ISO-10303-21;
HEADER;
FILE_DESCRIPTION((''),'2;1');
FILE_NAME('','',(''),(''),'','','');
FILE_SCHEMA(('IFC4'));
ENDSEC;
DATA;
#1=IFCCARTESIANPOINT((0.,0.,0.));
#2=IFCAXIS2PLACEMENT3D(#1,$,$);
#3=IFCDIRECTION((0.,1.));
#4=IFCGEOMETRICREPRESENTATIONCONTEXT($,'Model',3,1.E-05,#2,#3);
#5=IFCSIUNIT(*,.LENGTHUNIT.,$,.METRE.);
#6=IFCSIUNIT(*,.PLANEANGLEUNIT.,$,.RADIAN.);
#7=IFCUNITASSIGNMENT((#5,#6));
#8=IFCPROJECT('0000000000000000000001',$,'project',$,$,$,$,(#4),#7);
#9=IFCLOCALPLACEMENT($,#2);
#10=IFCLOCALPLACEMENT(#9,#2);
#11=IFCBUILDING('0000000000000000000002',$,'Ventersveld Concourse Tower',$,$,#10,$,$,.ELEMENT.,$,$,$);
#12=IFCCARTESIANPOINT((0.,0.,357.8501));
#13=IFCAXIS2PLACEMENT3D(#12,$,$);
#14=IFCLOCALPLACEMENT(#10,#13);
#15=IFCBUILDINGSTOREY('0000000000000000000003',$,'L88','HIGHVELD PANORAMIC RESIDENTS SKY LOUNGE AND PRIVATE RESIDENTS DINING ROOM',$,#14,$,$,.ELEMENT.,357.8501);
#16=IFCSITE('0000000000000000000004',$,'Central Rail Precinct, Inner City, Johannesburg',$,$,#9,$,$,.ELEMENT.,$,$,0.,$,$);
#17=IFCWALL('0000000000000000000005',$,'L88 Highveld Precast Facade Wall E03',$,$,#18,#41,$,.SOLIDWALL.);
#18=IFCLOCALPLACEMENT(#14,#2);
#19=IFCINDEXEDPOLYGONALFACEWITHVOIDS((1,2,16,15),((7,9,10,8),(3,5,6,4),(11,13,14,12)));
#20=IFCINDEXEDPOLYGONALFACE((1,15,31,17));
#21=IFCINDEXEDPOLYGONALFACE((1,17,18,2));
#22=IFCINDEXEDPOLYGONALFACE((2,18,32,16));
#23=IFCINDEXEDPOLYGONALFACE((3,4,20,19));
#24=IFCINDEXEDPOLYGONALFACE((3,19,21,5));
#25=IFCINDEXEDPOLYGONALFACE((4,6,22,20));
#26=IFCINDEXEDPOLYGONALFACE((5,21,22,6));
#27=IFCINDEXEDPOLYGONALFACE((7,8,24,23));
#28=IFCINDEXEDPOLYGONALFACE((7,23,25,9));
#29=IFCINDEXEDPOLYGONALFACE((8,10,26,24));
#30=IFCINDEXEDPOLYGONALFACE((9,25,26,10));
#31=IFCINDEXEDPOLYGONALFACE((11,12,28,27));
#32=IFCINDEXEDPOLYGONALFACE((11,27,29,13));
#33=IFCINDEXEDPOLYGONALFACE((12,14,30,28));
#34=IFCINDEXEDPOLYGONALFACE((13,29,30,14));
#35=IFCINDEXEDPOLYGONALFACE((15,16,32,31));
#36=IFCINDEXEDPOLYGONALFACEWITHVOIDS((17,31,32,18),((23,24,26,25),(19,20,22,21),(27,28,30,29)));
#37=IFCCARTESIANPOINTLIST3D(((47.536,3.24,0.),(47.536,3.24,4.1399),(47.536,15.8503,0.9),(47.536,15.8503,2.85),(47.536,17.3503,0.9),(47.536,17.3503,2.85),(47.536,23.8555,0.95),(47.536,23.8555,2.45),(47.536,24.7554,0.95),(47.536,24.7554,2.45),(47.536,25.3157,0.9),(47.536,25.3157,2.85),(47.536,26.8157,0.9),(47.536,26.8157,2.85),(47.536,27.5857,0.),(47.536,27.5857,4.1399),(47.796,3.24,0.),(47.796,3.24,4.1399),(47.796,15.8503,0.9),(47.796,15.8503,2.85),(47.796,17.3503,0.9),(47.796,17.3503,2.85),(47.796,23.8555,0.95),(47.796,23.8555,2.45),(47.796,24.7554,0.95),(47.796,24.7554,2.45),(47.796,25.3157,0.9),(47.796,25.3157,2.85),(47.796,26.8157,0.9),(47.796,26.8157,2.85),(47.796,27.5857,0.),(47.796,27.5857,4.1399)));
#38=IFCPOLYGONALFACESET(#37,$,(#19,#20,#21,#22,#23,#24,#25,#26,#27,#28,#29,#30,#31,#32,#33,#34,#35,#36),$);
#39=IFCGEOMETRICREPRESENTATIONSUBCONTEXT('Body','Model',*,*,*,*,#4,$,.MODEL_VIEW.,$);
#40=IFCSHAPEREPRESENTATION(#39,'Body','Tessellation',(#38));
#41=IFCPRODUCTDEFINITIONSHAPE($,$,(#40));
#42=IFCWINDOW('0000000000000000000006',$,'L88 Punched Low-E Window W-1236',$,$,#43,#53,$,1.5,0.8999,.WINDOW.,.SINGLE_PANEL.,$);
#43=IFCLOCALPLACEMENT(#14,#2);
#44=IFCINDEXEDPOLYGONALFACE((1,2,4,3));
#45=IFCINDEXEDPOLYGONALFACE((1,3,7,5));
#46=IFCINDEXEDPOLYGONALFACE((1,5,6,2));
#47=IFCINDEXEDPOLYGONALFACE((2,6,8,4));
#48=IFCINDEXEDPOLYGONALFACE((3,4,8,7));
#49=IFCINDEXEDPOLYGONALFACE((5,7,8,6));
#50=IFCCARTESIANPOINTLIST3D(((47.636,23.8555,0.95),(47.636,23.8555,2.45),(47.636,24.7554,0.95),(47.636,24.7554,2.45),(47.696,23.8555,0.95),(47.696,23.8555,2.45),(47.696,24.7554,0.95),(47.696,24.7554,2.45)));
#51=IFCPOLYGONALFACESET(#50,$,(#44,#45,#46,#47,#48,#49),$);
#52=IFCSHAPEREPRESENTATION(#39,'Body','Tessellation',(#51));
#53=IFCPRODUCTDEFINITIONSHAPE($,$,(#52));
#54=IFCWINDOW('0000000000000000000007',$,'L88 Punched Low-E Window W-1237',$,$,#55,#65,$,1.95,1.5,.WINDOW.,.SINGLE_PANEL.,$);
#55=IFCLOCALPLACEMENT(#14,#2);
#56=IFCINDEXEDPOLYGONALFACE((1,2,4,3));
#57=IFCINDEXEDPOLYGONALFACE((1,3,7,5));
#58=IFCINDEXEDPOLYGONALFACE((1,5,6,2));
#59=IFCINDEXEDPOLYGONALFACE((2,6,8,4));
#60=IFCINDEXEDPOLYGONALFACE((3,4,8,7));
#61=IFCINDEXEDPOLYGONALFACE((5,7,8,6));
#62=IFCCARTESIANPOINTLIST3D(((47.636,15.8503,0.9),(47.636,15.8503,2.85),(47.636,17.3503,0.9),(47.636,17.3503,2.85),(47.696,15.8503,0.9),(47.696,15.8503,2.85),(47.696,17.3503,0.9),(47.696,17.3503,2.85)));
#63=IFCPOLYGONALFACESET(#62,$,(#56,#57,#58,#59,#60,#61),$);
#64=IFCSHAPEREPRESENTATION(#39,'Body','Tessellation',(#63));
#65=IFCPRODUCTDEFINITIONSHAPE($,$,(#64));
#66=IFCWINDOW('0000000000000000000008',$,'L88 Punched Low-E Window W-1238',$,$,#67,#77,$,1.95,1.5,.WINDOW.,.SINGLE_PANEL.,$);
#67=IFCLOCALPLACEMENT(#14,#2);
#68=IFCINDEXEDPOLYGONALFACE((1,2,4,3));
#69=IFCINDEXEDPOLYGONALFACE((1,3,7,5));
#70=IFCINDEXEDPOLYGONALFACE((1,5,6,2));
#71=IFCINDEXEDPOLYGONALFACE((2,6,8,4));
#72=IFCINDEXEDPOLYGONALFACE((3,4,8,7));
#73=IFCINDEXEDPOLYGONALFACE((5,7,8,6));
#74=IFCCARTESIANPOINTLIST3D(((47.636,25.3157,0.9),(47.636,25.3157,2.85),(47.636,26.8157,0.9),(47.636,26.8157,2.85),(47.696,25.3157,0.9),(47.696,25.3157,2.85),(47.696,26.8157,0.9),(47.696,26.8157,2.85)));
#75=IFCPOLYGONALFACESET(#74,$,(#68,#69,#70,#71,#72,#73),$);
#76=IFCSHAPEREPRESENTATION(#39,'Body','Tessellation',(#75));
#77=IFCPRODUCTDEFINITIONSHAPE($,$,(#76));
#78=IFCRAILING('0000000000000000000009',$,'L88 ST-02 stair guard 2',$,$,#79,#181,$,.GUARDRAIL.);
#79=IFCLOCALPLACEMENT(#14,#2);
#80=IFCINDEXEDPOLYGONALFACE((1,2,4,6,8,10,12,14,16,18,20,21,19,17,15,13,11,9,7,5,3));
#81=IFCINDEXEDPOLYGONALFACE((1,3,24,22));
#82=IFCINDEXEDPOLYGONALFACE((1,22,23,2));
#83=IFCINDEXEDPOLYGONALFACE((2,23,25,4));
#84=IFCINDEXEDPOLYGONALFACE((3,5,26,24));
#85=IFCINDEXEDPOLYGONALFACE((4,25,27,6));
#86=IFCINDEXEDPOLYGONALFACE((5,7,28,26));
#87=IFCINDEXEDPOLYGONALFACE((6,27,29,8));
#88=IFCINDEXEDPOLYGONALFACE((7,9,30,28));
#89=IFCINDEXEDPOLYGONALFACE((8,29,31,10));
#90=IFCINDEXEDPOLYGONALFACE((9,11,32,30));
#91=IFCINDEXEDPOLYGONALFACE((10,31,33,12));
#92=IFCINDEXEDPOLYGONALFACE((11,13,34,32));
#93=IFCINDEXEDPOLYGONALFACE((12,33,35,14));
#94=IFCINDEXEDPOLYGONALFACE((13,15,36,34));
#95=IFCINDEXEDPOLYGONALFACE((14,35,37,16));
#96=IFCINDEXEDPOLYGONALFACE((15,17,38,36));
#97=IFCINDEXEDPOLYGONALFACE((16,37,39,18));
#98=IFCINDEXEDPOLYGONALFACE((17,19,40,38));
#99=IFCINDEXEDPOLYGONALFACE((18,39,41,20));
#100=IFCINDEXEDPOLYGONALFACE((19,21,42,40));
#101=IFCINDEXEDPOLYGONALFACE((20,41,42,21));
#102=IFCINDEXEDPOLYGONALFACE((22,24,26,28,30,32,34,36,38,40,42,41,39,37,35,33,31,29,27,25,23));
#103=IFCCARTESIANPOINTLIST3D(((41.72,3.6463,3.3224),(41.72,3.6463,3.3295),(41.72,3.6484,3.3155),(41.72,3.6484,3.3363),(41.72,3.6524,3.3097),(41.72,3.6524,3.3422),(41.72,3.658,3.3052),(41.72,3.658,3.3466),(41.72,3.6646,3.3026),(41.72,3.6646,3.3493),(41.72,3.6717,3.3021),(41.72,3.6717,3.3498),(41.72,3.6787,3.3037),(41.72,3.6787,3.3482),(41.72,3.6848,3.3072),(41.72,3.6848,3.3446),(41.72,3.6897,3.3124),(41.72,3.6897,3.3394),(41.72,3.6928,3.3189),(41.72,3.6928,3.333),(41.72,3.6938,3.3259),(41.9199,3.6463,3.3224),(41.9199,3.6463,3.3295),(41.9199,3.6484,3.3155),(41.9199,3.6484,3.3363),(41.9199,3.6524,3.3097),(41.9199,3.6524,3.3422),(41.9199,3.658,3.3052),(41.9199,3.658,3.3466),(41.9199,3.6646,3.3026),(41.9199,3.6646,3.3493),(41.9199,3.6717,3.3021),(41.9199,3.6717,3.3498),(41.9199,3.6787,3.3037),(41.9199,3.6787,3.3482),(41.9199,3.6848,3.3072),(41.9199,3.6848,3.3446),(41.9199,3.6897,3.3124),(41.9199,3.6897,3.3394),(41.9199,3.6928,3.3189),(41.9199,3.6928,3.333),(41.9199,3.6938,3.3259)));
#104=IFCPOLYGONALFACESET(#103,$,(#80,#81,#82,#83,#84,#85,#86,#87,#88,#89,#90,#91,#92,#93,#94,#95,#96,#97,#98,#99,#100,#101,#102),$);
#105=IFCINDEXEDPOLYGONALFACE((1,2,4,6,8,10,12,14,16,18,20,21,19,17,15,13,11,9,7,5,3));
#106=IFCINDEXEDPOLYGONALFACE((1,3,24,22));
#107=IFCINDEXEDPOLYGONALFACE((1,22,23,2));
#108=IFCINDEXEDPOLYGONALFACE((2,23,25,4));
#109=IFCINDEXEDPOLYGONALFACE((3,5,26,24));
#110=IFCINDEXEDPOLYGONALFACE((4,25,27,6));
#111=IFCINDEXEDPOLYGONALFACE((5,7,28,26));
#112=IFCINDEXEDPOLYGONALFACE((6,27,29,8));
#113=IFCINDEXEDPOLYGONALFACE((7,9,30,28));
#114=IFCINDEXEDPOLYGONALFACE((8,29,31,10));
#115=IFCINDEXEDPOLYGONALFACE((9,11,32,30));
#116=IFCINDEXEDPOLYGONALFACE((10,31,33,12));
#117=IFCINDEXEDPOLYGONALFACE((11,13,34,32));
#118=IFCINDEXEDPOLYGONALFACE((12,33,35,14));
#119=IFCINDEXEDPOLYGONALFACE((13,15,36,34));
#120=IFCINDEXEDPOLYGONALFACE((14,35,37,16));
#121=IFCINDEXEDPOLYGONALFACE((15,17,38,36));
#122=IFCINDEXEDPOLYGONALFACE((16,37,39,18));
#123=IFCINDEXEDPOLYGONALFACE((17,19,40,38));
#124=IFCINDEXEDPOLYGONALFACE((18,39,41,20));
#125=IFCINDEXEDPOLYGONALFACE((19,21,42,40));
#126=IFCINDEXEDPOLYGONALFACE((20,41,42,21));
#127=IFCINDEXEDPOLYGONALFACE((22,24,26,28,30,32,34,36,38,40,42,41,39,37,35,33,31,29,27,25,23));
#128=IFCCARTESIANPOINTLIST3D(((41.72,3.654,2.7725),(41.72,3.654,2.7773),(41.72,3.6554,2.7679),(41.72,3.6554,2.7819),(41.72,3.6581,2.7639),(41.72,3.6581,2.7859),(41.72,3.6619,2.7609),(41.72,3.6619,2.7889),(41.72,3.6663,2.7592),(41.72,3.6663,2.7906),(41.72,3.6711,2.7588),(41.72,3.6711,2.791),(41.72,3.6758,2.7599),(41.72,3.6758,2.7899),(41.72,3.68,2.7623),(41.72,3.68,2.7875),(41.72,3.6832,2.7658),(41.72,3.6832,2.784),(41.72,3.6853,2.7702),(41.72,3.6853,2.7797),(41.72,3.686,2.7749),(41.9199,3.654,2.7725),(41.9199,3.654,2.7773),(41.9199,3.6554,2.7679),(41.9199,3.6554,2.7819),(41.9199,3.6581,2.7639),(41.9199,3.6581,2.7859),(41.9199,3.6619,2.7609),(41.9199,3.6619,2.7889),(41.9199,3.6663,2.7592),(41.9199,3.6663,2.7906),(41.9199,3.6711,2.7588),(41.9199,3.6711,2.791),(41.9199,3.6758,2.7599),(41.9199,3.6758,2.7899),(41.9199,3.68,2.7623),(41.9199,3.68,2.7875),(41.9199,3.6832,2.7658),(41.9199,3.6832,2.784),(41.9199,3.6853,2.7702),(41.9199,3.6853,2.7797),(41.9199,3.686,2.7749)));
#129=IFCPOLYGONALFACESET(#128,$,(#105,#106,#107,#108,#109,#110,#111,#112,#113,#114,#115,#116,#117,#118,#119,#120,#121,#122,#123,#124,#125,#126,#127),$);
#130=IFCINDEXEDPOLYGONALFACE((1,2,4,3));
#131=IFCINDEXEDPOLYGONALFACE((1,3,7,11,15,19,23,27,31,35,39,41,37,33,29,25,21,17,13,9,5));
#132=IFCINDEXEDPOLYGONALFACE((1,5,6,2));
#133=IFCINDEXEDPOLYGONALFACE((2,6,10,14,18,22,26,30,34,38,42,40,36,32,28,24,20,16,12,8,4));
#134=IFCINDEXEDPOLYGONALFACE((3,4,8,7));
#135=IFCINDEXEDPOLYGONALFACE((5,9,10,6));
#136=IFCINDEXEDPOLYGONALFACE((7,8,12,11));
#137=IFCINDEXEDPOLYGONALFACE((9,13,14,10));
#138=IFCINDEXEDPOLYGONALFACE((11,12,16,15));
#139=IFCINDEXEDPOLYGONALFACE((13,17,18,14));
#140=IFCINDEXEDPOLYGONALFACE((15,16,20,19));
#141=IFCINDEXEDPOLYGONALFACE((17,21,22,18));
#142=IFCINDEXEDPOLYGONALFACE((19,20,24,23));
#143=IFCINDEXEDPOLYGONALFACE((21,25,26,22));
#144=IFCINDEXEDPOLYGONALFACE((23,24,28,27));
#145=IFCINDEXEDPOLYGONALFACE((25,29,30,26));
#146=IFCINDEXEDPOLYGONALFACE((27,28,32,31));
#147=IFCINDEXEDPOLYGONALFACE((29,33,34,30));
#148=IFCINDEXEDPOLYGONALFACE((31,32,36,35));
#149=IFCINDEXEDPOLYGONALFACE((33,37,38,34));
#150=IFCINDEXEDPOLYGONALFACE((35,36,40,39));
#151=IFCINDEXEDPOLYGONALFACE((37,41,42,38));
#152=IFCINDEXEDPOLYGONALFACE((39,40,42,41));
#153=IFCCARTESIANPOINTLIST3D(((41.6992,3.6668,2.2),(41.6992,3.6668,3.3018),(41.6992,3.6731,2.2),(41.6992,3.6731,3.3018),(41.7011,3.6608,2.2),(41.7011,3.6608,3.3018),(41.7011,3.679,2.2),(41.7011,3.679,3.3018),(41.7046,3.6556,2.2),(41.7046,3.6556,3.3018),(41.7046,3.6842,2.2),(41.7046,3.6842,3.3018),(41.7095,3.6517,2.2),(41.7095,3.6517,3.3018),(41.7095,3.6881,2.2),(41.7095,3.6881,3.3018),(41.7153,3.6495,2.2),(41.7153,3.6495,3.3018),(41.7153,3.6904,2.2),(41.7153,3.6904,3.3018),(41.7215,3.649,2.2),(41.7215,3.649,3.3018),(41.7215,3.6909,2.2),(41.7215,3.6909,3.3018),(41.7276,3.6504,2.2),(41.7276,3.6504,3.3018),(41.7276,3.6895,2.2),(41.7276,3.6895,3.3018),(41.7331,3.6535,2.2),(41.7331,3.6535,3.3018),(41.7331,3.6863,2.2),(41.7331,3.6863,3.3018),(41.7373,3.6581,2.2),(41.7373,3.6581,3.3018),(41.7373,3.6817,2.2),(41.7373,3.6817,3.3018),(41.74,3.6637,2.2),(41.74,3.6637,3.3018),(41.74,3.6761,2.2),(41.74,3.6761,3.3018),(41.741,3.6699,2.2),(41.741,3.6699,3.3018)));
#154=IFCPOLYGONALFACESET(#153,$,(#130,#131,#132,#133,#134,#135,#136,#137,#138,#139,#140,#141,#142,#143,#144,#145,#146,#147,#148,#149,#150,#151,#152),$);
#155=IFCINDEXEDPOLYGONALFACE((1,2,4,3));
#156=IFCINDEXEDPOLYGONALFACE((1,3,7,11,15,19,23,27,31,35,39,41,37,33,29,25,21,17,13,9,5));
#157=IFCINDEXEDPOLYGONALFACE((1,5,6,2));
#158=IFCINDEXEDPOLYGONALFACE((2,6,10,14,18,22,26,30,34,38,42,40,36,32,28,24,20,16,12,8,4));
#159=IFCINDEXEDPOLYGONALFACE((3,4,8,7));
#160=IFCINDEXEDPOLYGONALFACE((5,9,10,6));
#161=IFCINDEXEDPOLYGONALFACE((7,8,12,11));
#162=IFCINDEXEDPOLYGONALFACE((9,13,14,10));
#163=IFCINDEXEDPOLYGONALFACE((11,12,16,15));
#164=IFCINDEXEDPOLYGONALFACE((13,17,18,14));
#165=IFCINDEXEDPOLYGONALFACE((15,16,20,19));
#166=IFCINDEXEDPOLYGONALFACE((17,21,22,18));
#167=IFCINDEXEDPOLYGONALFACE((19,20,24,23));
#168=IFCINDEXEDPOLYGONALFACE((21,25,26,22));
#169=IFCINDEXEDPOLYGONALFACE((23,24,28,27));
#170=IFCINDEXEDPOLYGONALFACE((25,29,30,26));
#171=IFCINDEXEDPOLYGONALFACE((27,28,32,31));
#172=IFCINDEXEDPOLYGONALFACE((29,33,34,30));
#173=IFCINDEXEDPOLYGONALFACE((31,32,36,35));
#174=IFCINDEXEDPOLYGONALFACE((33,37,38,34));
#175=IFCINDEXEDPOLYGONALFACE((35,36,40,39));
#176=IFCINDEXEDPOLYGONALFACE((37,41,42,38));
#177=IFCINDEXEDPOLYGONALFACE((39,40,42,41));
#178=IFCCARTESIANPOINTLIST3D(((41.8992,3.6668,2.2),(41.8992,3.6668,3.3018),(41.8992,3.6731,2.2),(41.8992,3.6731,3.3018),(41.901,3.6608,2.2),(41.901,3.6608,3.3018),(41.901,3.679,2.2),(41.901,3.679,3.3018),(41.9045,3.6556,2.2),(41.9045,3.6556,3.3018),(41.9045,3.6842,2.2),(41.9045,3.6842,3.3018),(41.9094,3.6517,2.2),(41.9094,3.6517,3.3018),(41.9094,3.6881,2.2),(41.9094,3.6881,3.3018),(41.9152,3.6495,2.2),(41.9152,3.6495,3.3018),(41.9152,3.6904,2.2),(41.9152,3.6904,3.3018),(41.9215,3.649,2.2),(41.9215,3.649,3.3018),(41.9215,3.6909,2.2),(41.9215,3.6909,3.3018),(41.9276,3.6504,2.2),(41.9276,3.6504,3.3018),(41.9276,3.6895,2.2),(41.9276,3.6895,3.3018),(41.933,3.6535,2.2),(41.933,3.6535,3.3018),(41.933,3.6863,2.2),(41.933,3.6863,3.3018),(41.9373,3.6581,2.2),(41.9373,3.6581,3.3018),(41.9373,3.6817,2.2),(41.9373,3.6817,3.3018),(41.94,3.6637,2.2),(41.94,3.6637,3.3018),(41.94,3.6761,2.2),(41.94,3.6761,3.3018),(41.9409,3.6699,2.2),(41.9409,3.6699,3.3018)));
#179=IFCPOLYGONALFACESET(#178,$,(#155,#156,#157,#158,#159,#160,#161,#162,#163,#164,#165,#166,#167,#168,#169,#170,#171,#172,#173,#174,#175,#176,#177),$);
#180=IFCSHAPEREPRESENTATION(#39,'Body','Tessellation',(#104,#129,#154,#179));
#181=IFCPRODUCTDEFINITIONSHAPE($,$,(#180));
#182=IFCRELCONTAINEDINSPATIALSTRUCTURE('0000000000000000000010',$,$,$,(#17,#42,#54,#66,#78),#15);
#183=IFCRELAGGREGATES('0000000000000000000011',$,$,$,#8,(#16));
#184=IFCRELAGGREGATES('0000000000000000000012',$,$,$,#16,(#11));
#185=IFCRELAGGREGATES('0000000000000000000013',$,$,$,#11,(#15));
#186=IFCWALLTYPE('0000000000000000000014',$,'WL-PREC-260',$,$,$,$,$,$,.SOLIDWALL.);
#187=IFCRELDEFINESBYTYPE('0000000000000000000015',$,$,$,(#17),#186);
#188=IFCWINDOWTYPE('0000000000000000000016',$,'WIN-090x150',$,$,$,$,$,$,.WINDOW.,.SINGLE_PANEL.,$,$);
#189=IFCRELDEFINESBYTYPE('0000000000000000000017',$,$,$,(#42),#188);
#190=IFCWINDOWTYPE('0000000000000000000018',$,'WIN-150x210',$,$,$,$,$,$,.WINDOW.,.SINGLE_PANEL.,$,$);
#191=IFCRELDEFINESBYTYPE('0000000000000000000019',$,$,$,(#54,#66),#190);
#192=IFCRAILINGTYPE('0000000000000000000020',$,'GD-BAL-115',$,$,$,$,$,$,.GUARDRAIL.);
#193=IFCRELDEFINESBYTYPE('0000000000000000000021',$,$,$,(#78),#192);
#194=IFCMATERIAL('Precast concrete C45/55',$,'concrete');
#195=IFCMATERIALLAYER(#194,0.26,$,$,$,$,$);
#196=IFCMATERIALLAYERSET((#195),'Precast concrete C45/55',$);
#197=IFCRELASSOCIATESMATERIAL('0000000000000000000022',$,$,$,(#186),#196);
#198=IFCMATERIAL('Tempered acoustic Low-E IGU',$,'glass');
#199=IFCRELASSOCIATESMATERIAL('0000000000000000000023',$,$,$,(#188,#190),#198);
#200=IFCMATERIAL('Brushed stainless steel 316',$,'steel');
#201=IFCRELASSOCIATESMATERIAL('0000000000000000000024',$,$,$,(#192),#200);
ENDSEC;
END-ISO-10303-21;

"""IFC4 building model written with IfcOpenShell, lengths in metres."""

from ifc_helpers import new_model, si_unit, direction, frame, frame_2d, origin, origin_2d, place, context, subcontext, project, spatial, rectangle, circle, extrude, material, layer, layer_set, type_object, element, fill, save


model = new_model("IFC4")

# Units and contexts
model_context = context("Model", 3, precision=1e-05, world=origin(), true_north=direction((0.0, 1.0)))
body_context = subcontext(model_context, "Body", "Model", "MODEL_VIEW")
ifc_project = project(units=[si_unit("LENGTHUNIT", "METRE"), si_unit("PLANEANGLEUNIT", "RADIAN")], contexts=[model_context])

# Site, building, storey
site_placement = place(None, origin())
site = spatial("IfcSite", under=ifc_project, at=site_placement, Name="Central Rail Precinct, Inner City, Johannesburg", CompositionType="ELEMENT", RefElevation=0.0)
building_placement = place(site_placement, origin())
building = spatial("IfcBuilding", under=site, at=building_placement, Name="Ventersveld Concourse Tower", CompositionType="ELEMENT")
storey_placement = place(building_placement, frame((0.0, 0.0, 357.8501)))
storey = spatial("IfcBuildingStorey", under=building, at=storey_placement, Name="L88", Description="HIGHVELD PANORAMIC RESIDENTS SKY LOUNGE AND PRIVATE RESIDENTS DINING ROOM", CompositionType="ELEMENT", Elevation=357.8501)

# Shared definitions
ifc_material_1 = material(Name="Precast concrete C45/55", Category="concrete")
ifc_layer_1 = layer(ifc_material_1, 0.26)
ifc_layer_set_1 = layer_set([ifc_layer_1], Name="Precast concrete C45/55")
wall_type_1 = type_object("IfcWallType", Name="WL-PREC-260", PredefinedType="SOLIDWALL", material=ifc_layer_set_1)
ifc_material_2 = material(Name="Tempered acoustic Low-E IGU", Category="glass")
window_type_1 = type_object("IfcWindowType", Name="WIN-090x150", PartitioningType="SINGLE_PANEL", PredefinedType="WINDOW", material=ifc_material_2)

# Wall, openings, windows
wall_1_placement = place(storey_placement, frame((47.666, 3.24, 0.0), z_axis=(0.0, 0.0, 1.0), x_axis=(0.0, 1.0, 0.0)))
wall_1 = element("IfcWall", 1, at=wall_1_placement, inside=storey, type_object=wall_type_1, Name="L88 Highveld Precast Facade Wall E03", PredefinedType="SOLIDWALL", context=body_context, shape_type="SweptSolid", body=[
    extrude(rectangle(XDim=24.3457, YDim=0.26, at=frame_2d((12.1729, 0.0))), origin(), (0.0, 0.0, 1.0), 4.1399),
])
opening_1_placement = place(wall_1_placement, frame((20.6155, 0.0, 0.95)))
opening_1 = element("IfcOpeningElement", 2, at=opening_1_placement, cuts=wall_1, PredefinedType="OPENING", context=body_context, shape_type="SweptSolid", body=[
    extrude(rectangle(XDim=0.8999, YDim=1.5, at=frame_2d((0.45, 0.75))), frame((0.0, 0.1401, 0.0), z_axis=(0.0, -1.0, 0.0), x_axis=(1.0, 0.0, 0.0)), (0.0, 0.0, 1.0), 0.28),
])
opening_2_placement = place(wall_1_placement, frame((12.6104, 0.0, 0.8999)))
opening_2 = element("IfcOpeningElement", 3, at=opening_2_placement, cuts=wall_1, PredefinedType="OPENING", context=body_context, shape_type="SweptSolid", body=[
    extrude(rectangle(XDim=1.5, YDim=1.95, at=frame_2d((0.75, 0.9751))), frame((0.0, 0.1401, 0.0), z_axis=(0.0, -1.0, 0.0), x_axis=(1.0, 0.0, 0.0)), (0.0, 0.0, 1.0), 0.28),
])
opening_3_placement = place(wall_1_placement, frame((22.0757, 0.0, 0.8999)))
opening_3 = element("IfcOpeningElement", 4, at=opening_3_placement, cuts=wall_1, PredefinedType="OPENING", context=body_context, shape_type="SweptSolid", body=[
    extrude(rectangle(XDim=1.5, YDim=1.95, at=frame_2d((0.75, 0.9751))), frame((0.0, 0.1401, 0.0), z_axis=(0.0, -1.0, 0.0), x_axis=(1.0, 0.0, 0.0)), (0.0, 0.0, 1.0), 0.28),
])
window_1_placement = place(opening_1_placement, origin())
window_1 = element("IfcWindow", 5, at=window_1_placement, inside=storey, type_object=window_type_1, Name="L88 Punched Low-E Window W-1236", OverallHeight=1.5, OverallWidth=0.8999, PartitioningType="SINGLE_PANEL", PredefinedType="WINDOW", context=body_context, shape_type="SweptSolid", body=[
    extrude(rectangle(XDim=0.8999, YDim=1.5, at=frame_2d((0.45, 0.75))), frame((0.0, 0.03, 0.0), z_axis=(0.0, -1.0, 0.0), x_axis=(1.0, 0.0, 0.0)), (0.0, 0.0, 1.0), 0.0601),
])
fill(opening_1, window_1)
window_type_2 = type_object("IfcWindowType", Name="WIN-150x210", PartitioningType="SINGLE_PANEL", PredefinedType="WINDOW", material=ifc_material_2)
window_2_placement = place(opening_2_placement, origin())
window_2 = element("IfcWindow", 6, at=window_2_placement, inside=storey, type_object=window_type_2, Name="L88 Punched Low-E Window W-1237", OverallHeight=1.95, OverallWidth=1.5, PartitioningType="SINGLE_PANEL", PredefinedType="WINDOW", context=body_context, shape_type="SweptSolid", body=[
    extrude(rectangle(XDim=1.5, YDim=1.95, at=frame_2d((0.75, 0.9751))), frame((0.0, 0.03, 0.0), z_axis=(0.0, -1.0, 0.0), x_axis=(1.0, 0.0, 0.0)), (0.0, 0.0, 1.0), 0.0601),
])
fill(opening_2, window_2)
window_3_placement = place(opening_3_placement, origin())
window_3 = element("IfcWindow", 7, at=window_3_placement, inside=storey, type_object=window_type_2, Name="L88 Punched Low-E Window W-1238", OverallHeight=1.95, OverallWidth=1.5, PartitioningType="SINGLE_PANEL", PredefinedType="WINDOW", context=body_context, shape_type="SweptSolid", body=[
    extrude(rectangle(XDim=1.5, YDim=1.95, at=frame_2d((0.75, 0.9751))), frame((0.0, 0.03, 0.0), z_axis=(0.0, -1.0, 0.0), x_axis=(1.0, 0.0, 0.0)), (0.0, 0.0, 1.0), 0.0601),
])
fill(opening_3, window_3)

# Railing
ifc_material_3 = material(Name="Brushed stainless steel 316", Category="steel")
railing_type = type_object("IfcRailingType", Name="GD-BAL-115", PredefinedType="GUARDRAIL", material=ifc_material_3)
railing_1_placement = place(storey_placement, frame((41.72, 3.6699, 2.2)))
element("IfcRailing", 8, at=railing_1_placement, inside=storey, type_object=railing_type, Name="L88 ST-02 stair guard 2", PredefinedType="GUARDRAIL", context=body_context, shape_type="SweptSolid", body=[
    extrude(circle(Radius=0.0239, at=origin_2d()), frame((0.0, 0.0, 1.126), z_axis=(1.0, 0.0, 0.0), x_axis=(0.0, 1.0, 0.0)), (0.0, 0.0, 1.0), 0.2),
    extrude(circle(Radius=0.0161, at=origin_2d()), frame((0.0, 0.0, 0.575), z_axis=(1.0, 0.0, 0.0), x_axis=(0.0, 1.0, 0.0)), (0.0, 0.0, 1.0), 0.2),
    extrude(circle(Radius=0.021, at=origin_2d()), origin(), (0.0, 0.0, 1.0), 1.1018),
    extrude(circle(Radius=0.021, at=origin_2d()), frame((0.2, 0.0, 0.0)), (0.0, 0.0, 1.0), 1.1018),
])

save(model, "model.ifc")
